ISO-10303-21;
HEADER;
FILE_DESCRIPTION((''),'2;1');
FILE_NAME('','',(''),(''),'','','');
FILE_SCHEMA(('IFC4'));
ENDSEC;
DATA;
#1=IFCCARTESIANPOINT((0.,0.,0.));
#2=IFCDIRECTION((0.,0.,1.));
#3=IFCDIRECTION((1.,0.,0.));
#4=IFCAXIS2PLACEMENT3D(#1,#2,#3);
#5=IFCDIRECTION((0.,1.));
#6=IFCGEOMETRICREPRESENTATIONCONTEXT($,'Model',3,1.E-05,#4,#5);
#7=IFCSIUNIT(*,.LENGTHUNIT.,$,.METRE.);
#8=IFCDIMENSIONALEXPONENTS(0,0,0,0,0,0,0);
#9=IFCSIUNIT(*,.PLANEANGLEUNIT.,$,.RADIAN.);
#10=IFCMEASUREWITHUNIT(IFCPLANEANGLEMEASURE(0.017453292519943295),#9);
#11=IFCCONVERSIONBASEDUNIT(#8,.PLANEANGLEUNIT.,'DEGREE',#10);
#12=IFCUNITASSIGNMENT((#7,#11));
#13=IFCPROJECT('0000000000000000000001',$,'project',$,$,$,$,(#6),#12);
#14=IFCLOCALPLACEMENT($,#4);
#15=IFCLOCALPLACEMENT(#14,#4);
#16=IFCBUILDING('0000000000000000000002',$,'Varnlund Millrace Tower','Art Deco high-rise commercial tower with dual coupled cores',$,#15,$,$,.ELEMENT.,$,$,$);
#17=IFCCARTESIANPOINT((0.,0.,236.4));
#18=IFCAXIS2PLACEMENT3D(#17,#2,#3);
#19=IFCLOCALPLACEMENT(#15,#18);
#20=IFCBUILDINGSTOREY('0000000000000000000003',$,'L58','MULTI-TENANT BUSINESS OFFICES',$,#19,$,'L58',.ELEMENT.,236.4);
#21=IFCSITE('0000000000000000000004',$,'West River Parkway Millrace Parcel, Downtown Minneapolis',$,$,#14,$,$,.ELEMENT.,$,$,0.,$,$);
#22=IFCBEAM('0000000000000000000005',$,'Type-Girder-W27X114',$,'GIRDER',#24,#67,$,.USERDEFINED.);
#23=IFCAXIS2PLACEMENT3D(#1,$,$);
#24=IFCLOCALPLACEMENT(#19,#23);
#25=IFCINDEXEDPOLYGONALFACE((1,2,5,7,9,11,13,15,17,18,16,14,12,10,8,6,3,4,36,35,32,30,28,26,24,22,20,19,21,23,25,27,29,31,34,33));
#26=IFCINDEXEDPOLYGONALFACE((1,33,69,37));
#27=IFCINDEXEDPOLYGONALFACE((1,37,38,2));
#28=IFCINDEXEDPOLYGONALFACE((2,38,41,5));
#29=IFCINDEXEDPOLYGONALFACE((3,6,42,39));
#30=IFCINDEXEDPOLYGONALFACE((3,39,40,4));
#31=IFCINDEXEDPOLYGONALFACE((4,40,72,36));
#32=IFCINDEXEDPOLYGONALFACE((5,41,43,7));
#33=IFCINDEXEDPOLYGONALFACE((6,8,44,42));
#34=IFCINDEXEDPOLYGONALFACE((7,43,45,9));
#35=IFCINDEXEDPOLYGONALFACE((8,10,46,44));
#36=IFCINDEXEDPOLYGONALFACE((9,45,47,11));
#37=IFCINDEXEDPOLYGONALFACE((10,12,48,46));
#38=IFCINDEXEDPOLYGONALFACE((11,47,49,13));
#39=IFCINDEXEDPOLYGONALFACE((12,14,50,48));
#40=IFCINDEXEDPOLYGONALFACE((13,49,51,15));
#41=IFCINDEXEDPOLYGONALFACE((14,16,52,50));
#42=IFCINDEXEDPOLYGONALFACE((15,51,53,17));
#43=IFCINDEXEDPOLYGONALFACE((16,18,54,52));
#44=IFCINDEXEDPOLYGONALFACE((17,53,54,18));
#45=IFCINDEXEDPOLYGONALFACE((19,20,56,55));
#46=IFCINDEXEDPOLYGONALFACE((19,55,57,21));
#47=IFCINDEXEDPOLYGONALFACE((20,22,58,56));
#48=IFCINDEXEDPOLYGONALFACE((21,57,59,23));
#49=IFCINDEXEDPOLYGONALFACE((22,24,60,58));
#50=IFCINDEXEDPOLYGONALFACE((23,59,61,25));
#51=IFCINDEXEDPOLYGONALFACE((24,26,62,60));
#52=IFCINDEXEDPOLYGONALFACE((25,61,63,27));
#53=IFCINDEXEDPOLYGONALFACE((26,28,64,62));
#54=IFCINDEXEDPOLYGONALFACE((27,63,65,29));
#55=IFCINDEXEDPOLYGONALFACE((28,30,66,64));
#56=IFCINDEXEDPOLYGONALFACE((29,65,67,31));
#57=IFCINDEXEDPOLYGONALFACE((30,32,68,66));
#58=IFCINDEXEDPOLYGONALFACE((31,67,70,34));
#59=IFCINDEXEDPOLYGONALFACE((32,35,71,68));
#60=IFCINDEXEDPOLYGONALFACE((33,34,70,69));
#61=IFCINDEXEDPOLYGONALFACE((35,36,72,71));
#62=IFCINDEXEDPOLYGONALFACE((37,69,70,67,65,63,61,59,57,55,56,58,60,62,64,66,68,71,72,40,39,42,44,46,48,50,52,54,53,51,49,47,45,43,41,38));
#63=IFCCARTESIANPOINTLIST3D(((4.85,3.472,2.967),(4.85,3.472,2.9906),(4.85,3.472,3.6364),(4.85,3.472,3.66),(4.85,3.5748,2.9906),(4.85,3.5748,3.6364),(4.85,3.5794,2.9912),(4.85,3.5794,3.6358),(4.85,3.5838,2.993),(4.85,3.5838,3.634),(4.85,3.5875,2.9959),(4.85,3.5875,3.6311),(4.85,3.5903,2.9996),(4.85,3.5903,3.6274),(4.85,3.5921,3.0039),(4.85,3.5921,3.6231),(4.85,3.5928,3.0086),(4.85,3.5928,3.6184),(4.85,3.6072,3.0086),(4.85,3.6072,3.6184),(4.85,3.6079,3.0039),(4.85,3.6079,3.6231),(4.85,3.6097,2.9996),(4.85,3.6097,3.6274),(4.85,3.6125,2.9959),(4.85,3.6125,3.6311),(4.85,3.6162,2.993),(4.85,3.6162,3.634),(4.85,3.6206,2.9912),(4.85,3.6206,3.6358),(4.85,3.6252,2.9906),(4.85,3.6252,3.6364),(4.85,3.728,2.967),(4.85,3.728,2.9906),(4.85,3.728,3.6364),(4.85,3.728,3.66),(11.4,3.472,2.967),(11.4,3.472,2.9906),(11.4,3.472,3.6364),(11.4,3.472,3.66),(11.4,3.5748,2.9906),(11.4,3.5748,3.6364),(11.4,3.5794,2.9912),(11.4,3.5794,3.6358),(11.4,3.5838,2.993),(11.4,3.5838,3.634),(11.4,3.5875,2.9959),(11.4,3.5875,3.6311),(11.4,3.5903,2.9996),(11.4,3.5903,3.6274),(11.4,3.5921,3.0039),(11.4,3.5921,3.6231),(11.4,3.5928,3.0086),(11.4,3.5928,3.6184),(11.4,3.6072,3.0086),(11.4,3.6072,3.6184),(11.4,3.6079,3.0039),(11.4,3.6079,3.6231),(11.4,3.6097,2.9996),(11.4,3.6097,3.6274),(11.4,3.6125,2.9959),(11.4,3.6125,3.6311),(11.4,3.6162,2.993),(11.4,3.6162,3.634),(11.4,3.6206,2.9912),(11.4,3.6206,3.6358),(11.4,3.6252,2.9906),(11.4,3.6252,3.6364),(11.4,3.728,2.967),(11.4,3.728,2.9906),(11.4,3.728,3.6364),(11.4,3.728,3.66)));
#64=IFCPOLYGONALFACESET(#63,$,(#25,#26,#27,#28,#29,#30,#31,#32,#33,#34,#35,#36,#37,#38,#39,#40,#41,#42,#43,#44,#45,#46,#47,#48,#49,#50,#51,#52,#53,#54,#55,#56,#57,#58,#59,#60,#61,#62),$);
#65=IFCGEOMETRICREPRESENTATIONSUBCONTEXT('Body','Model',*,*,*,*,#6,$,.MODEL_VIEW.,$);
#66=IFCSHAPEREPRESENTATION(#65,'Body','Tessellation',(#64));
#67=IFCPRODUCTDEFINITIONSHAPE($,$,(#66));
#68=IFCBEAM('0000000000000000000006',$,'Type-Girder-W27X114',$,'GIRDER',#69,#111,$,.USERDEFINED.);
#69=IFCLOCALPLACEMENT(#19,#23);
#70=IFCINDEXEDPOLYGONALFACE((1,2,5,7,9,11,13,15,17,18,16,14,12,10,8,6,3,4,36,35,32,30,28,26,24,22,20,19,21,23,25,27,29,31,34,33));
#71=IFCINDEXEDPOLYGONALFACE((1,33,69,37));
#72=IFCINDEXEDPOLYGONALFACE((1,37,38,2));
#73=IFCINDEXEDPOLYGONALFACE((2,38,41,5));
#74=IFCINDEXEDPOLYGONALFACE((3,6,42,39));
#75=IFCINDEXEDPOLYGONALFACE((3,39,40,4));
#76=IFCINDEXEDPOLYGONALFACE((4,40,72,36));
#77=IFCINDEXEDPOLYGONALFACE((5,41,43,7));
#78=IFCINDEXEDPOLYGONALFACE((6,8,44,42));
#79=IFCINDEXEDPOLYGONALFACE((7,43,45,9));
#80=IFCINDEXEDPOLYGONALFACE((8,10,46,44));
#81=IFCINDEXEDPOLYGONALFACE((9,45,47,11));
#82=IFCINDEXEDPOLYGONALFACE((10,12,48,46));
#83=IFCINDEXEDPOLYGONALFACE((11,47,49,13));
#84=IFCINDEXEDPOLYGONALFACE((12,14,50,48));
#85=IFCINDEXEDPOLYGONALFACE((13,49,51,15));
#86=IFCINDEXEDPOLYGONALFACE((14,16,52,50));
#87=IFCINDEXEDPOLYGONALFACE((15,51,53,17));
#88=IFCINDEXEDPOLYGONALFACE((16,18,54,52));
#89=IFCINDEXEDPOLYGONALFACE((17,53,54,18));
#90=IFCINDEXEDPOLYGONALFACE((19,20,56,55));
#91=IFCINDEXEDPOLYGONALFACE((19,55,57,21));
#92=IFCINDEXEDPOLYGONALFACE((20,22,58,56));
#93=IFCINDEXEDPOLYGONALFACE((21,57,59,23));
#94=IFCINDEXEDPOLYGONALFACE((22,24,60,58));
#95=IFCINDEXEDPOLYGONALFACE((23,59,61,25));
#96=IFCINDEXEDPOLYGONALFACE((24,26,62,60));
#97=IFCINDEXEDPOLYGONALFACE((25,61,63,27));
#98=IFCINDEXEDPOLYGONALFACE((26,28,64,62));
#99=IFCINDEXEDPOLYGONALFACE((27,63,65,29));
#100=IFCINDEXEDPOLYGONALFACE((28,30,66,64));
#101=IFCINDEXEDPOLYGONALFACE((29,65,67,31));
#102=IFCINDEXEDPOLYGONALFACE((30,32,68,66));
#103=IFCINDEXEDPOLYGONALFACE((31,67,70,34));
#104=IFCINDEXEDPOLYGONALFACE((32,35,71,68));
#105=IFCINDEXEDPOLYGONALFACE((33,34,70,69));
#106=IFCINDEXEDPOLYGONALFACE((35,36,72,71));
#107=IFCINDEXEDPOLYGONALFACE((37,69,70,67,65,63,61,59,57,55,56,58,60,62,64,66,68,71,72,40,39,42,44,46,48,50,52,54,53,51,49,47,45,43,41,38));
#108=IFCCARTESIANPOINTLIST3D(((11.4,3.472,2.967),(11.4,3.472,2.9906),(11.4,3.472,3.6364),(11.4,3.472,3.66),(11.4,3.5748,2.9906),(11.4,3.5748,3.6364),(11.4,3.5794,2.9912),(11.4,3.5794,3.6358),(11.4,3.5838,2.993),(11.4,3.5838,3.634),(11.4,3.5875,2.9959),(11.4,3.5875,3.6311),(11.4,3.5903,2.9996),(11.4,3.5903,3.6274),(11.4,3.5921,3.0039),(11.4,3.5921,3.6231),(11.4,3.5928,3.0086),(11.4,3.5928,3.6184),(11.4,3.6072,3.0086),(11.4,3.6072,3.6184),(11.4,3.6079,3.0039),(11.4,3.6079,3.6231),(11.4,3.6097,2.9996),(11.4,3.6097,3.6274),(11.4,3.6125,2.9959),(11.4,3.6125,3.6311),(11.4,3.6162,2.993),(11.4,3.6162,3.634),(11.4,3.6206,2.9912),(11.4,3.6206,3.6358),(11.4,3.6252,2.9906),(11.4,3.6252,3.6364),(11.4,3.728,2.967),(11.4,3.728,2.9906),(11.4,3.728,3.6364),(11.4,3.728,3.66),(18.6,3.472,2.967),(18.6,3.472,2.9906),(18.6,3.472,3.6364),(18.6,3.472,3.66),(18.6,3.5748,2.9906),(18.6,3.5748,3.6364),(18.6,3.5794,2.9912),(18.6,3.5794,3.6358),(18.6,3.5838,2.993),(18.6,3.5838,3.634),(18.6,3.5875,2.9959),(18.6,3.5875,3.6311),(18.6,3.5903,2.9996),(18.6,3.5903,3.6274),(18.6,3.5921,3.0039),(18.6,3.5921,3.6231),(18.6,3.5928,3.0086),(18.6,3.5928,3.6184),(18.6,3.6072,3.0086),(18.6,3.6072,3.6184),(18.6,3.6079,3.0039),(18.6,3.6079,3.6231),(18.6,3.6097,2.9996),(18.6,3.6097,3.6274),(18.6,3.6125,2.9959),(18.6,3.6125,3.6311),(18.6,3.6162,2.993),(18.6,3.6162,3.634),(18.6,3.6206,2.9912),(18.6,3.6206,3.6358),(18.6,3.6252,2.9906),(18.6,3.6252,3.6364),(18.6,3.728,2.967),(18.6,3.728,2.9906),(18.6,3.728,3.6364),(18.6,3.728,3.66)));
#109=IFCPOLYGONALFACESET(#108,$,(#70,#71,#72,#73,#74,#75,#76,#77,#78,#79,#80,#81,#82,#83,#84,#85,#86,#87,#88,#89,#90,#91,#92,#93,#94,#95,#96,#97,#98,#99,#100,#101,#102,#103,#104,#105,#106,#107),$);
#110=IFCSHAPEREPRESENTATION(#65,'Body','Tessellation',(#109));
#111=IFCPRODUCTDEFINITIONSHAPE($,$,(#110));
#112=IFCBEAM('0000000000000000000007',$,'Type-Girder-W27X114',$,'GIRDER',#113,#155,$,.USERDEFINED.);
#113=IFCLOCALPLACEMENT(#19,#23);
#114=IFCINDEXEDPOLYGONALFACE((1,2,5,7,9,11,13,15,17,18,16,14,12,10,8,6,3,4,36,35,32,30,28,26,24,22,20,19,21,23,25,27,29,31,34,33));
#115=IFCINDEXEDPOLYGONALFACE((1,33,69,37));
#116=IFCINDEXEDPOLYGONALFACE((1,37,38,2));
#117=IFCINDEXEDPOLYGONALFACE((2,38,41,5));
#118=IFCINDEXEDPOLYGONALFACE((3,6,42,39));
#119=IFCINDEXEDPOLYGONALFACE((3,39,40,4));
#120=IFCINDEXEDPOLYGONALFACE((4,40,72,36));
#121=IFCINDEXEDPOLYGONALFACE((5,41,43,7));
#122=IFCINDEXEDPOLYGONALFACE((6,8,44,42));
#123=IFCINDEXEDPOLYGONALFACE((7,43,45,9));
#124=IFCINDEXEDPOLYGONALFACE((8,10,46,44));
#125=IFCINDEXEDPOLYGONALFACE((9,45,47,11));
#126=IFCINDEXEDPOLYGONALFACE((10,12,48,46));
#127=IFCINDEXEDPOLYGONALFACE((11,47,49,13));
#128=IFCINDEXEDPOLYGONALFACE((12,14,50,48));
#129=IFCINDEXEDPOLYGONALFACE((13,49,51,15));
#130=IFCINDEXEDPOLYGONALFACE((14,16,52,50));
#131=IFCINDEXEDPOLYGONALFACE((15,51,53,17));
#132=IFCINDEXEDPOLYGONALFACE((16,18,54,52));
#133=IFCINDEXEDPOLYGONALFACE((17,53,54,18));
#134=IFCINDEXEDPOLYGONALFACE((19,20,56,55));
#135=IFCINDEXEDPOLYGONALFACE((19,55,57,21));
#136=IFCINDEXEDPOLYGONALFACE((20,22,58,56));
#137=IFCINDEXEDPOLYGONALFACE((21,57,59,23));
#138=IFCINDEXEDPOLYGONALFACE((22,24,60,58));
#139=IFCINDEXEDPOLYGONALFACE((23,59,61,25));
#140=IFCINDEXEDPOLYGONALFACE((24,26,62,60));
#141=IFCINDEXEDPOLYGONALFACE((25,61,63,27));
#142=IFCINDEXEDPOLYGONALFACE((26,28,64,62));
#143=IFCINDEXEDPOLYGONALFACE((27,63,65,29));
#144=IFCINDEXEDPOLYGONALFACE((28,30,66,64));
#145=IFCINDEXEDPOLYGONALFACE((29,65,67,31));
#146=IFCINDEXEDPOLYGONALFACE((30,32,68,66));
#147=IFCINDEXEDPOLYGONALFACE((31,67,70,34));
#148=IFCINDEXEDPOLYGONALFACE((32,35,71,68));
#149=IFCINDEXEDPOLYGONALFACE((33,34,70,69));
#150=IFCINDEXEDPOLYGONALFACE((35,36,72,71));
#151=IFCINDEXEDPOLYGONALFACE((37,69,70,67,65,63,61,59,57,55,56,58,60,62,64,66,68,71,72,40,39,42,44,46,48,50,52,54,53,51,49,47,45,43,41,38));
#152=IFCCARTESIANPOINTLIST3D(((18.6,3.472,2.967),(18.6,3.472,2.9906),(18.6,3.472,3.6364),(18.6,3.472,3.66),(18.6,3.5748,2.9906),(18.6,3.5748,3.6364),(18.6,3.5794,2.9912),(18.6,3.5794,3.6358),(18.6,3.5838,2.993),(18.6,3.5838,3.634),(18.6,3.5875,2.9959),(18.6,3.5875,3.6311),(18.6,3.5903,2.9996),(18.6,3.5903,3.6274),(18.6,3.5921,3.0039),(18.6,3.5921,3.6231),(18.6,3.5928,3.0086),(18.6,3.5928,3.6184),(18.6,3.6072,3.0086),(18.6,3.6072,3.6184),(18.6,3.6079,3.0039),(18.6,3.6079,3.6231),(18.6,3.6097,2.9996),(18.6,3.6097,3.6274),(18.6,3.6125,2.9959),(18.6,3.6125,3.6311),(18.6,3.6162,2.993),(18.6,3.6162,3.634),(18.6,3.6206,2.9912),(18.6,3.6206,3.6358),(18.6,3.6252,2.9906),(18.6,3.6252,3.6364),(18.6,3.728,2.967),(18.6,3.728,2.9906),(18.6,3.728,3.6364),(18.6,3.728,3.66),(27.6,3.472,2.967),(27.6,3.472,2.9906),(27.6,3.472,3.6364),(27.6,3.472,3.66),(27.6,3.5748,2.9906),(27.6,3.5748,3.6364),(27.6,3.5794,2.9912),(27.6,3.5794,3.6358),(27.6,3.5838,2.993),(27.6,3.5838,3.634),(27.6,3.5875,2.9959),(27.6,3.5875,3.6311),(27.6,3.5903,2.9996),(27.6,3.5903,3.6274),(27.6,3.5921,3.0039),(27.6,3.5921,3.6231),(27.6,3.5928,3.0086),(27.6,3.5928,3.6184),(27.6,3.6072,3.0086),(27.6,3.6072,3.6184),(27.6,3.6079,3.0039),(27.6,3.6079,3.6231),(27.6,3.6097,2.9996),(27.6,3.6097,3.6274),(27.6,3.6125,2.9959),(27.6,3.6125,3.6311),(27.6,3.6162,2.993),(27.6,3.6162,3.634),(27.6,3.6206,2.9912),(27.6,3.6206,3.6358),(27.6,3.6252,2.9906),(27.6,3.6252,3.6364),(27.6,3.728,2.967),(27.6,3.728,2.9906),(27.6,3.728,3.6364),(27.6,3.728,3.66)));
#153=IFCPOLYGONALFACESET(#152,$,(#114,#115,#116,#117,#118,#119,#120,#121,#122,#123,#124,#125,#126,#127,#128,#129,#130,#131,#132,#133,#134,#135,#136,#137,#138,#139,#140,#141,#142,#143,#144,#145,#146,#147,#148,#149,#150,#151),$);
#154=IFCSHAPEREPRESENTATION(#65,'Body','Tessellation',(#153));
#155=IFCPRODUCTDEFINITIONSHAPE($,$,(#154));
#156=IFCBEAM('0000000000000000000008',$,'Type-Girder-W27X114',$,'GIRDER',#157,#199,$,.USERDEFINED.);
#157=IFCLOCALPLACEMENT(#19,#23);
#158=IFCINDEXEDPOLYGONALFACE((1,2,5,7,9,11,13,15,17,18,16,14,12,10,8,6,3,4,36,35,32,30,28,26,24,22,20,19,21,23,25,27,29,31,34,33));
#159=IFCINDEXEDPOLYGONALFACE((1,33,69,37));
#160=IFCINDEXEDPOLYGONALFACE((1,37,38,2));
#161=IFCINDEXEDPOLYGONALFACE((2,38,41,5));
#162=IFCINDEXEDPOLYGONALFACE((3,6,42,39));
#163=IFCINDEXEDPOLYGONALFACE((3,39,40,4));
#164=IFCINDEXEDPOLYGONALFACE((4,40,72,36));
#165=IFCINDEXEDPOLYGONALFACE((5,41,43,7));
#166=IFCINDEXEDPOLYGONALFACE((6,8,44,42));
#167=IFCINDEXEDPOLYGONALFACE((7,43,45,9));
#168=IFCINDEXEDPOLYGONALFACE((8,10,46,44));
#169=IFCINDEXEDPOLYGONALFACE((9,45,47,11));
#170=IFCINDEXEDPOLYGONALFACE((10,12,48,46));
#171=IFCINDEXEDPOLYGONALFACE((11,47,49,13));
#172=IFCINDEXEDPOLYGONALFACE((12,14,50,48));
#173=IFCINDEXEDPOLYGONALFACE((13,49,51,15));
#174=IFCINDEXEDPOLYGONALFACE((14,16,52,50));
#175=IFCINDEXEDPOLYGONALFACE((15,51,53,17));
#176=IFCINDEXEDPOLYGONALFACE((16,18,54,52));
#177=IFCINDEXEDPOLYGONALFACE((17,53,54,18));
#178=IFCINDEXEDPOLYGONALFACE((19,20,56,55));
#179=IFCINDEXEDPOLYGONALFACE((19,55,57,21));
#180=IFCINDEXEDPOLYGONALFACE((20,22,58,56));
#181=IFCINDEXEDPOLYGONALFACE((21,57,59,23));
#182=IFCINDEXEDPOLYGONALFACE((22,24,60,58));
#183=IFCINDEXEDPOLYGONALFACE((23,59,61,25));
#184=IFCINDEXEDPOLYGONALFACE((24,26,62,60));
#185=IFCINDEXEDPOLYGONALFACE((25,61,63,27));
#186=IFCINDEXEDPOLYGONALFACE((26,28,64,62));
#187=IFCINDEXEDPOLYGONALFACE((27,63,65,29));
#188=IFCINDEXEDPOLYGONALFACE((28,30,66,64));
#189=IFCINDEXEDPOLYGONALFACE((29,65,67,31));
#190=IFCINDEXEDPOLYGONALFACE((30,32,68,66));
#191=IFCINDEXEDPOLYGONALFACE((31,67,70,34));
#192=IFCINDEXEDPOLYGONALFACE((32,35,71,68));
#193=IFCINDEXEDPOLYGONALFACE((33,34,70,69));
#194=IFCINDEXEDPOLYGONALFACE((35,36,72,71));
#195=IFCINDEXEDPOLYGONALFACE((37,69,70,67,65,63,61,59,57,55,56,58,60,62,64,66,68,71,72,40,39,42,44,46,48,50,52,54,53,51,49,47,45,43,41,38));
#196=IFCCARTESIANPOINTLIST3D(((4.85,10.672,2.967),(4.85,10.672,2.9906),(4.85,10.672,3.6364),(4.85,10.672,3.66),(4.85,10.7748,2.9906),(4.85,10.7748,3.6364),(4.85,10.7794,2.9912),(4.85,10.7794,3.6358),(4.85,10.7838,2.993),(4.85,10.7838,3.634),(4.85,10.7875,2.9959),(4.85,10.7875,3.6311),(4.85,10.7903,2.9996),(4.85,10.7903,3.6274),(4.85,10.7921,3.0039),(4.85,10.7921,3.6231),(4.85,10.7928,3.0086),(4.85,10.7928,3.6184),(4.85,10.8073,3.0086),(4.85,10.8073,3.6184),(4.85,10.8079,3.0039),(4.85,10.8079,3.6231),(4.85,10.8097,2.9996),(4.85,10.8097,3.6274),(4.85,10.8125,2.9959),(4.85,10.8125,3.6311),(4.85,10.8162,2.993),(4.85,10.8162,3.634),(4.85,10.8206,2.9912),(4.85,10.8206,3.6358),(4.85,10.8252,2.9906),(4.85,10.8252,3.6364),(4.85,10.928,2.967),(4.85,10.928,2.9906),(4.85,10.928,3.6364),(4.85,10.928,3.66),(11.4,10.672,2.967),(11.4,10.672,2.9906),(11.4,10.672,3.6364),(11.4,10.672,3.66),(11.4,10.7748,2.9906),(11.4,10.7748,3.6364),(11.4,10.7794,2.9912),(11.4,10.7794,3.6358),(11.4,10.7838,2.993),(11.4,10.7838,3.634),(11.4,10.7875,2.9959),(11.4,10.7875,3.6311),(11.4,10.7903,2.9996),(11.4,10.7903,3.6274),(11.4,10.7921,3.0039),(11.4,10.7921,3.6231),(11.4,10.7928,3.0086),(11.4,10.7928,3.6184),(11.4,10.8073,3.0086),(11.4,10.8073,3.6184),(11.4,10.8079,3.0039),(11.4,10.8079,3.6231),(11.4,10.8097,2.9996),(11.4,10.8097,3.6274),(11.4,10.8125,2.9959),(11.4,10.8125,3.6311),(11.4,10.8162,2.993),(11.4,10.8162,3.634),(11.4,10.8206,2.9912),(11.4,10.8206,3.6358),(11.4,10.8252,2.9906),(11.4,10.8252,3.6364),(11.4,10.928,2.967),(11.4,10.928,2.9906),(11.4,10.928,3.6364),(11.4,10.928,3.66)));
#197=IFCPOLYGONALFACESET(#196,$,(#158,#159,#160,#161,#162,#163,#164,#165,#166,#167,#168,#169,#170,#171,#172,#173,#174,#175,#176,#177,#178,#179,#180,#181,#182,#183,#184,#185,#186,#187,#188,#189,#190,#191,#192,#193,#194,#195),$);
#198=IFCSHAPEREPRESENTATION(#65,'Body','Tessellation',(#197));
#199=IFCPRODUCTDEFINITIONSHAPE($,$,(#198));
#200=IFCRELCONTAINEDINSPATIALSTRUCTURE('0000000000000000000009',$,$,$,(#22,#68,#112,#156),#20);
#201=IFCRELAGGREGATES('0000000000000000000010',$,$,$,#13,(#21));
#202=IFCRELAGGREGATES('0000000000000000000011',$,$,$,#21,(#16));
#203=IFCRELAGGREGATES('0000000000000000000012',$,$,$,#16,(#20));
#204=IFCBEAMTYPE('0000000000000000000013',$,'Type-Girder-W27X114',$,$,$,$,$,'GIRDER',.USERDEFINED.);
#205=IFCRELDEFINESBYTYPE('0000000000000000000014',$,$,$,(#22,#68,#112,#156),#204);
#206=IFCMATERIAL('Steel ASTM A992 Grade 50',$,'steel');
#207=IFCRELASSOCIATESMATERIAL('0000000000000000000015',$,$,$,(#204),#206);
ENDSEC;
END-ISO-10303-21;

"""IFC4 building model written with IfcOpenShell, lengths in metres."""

from ifc_helpers import new_model, entity, si_unit, converted_unit, direction, frame, origin_with_axes, origin_2d_with_axis, place, context, subcontext, project, spatial, i_section, extrude, material, material_profile, profile_set, type_object, element, save


model = new_model("IFC4")

# Units and contexts
model_context = context("Model", 3, precision=1e-05, world=origin_with_axes(), true_north=direction((0.0, 1.0)))
body_context = subcontext(model_context, "Body", "Model", "MODEL_VIEW")
ifc_project = project(units=[si_unit("LENGTHUNIT", "METRE"), converted_unit("PLANEANGLEUNIT", "DEGREE", entity("IfcPlaneAngleMeasure", 0.017453292519943295), si_unit("PLANEANGLEUNIT", "RADIAN"), dimensions=[0, 0, 0, 0, 0, 0, 0])], contexts=[model_context])

# Site, building, storey
site_placement = place(None, origin_with_axes())
site = spatial("IfcSite", under=ifc_project, at=site_placement, Name="West River Parkway Millrace Parcel, Downtown Minneapolis", CompositionType="ELEMENT", RefElevation=0.0)
building_placement = place(site_placement, origin_with_axes())
building = spatial("IfcBuilding", under=site, at=building_placement, Name="Varnlund Millrace Tower", Description="Art Deco high-rise commercial tower with dual coupled cores", CompositionType="ELEMENT")
storey_placement = place(building_placement, frame((0.0, 0.0, 236.4), z_axis=(0.0, 0.0, 1.0), x_axis=(1.0, 0.0, 0.0)))
storey = spatial("IfcBuildingStorey", under=building, at=storey_placement, Name="L58", Description="MULTI-TENANT BUSINESS OFFICES", LongName="L58", CompositionType="ELEMENT", Elevation=236.4)

# Beams
ifc_material_1 = material(Name="Steel ASTM A992 Grade 50", Category="steel")
ifc_material_profile_1 = material_profile(ifc_material_1, i_section(OverallWidth=0.256, OverallDepth=0.693, WebThickness=0.0145, FlangeThickness=0.0236, FilletRadius=0.018, at=origin_2d_with_axis()), Name="Steel ASTM A992 Grade 50")
ifc_profile_set_1 = profile_set([ifc_material_profile_1], Name="Steel ASTM A992 Grade 50")
beam_type_1 = type_object("IfcBeamType", Name="Type-Girder-W27X114", ElementType="GIRDER", PredefinedType="USERDEFINED", material=ifc_profile_set_1)
beam_1_placement = place(storey_placement, frame((4.85, 3.6, 3.3135), z_axis=(1.0, 0.0, 0.0), x_axis=(0.0, 1.0, 0.0)))
element("IfcBeam", 1, at=beam_1_placement, inside=storey, type_object=beam_type_1, Name="Type-Girder-W27X114", ObjectType="GIRDER", PredefinedType="USERDEFINED", context=body_context, shape_type="SweptSolid", body=[
    extrude(i_section(OverallWidth=0.256, OverallDepth=0.693, WebThickness=0.0145, FlangeThickness=0.0236, FilletRadius=0.018, at=origin_2d_with_axis()), origin_with_axes(), (0.0, 0.0, 1.0), 6.55),
])
beam_2_placement = place(storey_placement, frame((11.4, 3.6, 3.3135), z_axis=(1.0, 0.0, 0.0), x_axis=(0.0, 1.0, 0.0)))
element("IfcBeam", 2, at=beam_2_placement, inside=storey, type_object=beam_type_1, Name="Type-Girder-W27X114", ObjectType="GIRDER", PredefinedType="USERDEFINED", context=body_context, shape_type="SweptSolid", body=[
    extrude(i_section(OverallWidth=0.256, OverallDepth=0.693, WebThickness=0.0145, FlangeThickness=0.0236, FilletRadius=0.018, at=origin_2d_with_axis()), origin_with_axes(), (0.0, 0.0, 1.0), 7.2),
])
beam_3_placement = place(storey_placement, frame((18.6, 3.6, 3.3135), z_axis=(1.0, 0.0, 0.0), x_axis=(0.0, 1.0, 0.0)))
element("IfcBeam", 3, at=beam_3_placement, inside=storey, type_object=beam_type_1, Name="Type-Girder-W27X114", ObjectType="GIRDER", PredefinedType="USERDEFINED", context=body_context, shape_type="SweptSolid", body=[
    extrude(i_section(OverallWidth=0.256, OverallDepth=0.693, WebThickness=0.0145, FlangeThickness=0.0236, FilletRadius=0.018, at=origin_2d_with_axis()), origin_with_axes(), (0.0, 0.0, 1.0), 9.0),
])
beam_4_placement = place(storey_placement, frame((4.85, 10.8, 3.3135), z_axis=(1.0, 0.0, 0.0), x_axis=(0.0, 1.0, 0.0)))
element("IfcBeam", 4, at=beam_4_placement, inside=storey, type_object=beam_type_1, Name="Type-Girder-W27X114", ObjectType="GIRDER", PredefinedType="USERDEFINED", context=body_context, shape_type="SweptSolid", body=[
    extrude(i_section(OverallWidth=0.256, OverallDepth=0.693, WebThickness=0.0145, FlangeThickness=0.0236, FilletRadius=0.018, at=origin_2d_with_axis()), origin_with_axes(), (0.0, 0.0, 1.0), 6.55),
])

save(model, "model.ifc")
